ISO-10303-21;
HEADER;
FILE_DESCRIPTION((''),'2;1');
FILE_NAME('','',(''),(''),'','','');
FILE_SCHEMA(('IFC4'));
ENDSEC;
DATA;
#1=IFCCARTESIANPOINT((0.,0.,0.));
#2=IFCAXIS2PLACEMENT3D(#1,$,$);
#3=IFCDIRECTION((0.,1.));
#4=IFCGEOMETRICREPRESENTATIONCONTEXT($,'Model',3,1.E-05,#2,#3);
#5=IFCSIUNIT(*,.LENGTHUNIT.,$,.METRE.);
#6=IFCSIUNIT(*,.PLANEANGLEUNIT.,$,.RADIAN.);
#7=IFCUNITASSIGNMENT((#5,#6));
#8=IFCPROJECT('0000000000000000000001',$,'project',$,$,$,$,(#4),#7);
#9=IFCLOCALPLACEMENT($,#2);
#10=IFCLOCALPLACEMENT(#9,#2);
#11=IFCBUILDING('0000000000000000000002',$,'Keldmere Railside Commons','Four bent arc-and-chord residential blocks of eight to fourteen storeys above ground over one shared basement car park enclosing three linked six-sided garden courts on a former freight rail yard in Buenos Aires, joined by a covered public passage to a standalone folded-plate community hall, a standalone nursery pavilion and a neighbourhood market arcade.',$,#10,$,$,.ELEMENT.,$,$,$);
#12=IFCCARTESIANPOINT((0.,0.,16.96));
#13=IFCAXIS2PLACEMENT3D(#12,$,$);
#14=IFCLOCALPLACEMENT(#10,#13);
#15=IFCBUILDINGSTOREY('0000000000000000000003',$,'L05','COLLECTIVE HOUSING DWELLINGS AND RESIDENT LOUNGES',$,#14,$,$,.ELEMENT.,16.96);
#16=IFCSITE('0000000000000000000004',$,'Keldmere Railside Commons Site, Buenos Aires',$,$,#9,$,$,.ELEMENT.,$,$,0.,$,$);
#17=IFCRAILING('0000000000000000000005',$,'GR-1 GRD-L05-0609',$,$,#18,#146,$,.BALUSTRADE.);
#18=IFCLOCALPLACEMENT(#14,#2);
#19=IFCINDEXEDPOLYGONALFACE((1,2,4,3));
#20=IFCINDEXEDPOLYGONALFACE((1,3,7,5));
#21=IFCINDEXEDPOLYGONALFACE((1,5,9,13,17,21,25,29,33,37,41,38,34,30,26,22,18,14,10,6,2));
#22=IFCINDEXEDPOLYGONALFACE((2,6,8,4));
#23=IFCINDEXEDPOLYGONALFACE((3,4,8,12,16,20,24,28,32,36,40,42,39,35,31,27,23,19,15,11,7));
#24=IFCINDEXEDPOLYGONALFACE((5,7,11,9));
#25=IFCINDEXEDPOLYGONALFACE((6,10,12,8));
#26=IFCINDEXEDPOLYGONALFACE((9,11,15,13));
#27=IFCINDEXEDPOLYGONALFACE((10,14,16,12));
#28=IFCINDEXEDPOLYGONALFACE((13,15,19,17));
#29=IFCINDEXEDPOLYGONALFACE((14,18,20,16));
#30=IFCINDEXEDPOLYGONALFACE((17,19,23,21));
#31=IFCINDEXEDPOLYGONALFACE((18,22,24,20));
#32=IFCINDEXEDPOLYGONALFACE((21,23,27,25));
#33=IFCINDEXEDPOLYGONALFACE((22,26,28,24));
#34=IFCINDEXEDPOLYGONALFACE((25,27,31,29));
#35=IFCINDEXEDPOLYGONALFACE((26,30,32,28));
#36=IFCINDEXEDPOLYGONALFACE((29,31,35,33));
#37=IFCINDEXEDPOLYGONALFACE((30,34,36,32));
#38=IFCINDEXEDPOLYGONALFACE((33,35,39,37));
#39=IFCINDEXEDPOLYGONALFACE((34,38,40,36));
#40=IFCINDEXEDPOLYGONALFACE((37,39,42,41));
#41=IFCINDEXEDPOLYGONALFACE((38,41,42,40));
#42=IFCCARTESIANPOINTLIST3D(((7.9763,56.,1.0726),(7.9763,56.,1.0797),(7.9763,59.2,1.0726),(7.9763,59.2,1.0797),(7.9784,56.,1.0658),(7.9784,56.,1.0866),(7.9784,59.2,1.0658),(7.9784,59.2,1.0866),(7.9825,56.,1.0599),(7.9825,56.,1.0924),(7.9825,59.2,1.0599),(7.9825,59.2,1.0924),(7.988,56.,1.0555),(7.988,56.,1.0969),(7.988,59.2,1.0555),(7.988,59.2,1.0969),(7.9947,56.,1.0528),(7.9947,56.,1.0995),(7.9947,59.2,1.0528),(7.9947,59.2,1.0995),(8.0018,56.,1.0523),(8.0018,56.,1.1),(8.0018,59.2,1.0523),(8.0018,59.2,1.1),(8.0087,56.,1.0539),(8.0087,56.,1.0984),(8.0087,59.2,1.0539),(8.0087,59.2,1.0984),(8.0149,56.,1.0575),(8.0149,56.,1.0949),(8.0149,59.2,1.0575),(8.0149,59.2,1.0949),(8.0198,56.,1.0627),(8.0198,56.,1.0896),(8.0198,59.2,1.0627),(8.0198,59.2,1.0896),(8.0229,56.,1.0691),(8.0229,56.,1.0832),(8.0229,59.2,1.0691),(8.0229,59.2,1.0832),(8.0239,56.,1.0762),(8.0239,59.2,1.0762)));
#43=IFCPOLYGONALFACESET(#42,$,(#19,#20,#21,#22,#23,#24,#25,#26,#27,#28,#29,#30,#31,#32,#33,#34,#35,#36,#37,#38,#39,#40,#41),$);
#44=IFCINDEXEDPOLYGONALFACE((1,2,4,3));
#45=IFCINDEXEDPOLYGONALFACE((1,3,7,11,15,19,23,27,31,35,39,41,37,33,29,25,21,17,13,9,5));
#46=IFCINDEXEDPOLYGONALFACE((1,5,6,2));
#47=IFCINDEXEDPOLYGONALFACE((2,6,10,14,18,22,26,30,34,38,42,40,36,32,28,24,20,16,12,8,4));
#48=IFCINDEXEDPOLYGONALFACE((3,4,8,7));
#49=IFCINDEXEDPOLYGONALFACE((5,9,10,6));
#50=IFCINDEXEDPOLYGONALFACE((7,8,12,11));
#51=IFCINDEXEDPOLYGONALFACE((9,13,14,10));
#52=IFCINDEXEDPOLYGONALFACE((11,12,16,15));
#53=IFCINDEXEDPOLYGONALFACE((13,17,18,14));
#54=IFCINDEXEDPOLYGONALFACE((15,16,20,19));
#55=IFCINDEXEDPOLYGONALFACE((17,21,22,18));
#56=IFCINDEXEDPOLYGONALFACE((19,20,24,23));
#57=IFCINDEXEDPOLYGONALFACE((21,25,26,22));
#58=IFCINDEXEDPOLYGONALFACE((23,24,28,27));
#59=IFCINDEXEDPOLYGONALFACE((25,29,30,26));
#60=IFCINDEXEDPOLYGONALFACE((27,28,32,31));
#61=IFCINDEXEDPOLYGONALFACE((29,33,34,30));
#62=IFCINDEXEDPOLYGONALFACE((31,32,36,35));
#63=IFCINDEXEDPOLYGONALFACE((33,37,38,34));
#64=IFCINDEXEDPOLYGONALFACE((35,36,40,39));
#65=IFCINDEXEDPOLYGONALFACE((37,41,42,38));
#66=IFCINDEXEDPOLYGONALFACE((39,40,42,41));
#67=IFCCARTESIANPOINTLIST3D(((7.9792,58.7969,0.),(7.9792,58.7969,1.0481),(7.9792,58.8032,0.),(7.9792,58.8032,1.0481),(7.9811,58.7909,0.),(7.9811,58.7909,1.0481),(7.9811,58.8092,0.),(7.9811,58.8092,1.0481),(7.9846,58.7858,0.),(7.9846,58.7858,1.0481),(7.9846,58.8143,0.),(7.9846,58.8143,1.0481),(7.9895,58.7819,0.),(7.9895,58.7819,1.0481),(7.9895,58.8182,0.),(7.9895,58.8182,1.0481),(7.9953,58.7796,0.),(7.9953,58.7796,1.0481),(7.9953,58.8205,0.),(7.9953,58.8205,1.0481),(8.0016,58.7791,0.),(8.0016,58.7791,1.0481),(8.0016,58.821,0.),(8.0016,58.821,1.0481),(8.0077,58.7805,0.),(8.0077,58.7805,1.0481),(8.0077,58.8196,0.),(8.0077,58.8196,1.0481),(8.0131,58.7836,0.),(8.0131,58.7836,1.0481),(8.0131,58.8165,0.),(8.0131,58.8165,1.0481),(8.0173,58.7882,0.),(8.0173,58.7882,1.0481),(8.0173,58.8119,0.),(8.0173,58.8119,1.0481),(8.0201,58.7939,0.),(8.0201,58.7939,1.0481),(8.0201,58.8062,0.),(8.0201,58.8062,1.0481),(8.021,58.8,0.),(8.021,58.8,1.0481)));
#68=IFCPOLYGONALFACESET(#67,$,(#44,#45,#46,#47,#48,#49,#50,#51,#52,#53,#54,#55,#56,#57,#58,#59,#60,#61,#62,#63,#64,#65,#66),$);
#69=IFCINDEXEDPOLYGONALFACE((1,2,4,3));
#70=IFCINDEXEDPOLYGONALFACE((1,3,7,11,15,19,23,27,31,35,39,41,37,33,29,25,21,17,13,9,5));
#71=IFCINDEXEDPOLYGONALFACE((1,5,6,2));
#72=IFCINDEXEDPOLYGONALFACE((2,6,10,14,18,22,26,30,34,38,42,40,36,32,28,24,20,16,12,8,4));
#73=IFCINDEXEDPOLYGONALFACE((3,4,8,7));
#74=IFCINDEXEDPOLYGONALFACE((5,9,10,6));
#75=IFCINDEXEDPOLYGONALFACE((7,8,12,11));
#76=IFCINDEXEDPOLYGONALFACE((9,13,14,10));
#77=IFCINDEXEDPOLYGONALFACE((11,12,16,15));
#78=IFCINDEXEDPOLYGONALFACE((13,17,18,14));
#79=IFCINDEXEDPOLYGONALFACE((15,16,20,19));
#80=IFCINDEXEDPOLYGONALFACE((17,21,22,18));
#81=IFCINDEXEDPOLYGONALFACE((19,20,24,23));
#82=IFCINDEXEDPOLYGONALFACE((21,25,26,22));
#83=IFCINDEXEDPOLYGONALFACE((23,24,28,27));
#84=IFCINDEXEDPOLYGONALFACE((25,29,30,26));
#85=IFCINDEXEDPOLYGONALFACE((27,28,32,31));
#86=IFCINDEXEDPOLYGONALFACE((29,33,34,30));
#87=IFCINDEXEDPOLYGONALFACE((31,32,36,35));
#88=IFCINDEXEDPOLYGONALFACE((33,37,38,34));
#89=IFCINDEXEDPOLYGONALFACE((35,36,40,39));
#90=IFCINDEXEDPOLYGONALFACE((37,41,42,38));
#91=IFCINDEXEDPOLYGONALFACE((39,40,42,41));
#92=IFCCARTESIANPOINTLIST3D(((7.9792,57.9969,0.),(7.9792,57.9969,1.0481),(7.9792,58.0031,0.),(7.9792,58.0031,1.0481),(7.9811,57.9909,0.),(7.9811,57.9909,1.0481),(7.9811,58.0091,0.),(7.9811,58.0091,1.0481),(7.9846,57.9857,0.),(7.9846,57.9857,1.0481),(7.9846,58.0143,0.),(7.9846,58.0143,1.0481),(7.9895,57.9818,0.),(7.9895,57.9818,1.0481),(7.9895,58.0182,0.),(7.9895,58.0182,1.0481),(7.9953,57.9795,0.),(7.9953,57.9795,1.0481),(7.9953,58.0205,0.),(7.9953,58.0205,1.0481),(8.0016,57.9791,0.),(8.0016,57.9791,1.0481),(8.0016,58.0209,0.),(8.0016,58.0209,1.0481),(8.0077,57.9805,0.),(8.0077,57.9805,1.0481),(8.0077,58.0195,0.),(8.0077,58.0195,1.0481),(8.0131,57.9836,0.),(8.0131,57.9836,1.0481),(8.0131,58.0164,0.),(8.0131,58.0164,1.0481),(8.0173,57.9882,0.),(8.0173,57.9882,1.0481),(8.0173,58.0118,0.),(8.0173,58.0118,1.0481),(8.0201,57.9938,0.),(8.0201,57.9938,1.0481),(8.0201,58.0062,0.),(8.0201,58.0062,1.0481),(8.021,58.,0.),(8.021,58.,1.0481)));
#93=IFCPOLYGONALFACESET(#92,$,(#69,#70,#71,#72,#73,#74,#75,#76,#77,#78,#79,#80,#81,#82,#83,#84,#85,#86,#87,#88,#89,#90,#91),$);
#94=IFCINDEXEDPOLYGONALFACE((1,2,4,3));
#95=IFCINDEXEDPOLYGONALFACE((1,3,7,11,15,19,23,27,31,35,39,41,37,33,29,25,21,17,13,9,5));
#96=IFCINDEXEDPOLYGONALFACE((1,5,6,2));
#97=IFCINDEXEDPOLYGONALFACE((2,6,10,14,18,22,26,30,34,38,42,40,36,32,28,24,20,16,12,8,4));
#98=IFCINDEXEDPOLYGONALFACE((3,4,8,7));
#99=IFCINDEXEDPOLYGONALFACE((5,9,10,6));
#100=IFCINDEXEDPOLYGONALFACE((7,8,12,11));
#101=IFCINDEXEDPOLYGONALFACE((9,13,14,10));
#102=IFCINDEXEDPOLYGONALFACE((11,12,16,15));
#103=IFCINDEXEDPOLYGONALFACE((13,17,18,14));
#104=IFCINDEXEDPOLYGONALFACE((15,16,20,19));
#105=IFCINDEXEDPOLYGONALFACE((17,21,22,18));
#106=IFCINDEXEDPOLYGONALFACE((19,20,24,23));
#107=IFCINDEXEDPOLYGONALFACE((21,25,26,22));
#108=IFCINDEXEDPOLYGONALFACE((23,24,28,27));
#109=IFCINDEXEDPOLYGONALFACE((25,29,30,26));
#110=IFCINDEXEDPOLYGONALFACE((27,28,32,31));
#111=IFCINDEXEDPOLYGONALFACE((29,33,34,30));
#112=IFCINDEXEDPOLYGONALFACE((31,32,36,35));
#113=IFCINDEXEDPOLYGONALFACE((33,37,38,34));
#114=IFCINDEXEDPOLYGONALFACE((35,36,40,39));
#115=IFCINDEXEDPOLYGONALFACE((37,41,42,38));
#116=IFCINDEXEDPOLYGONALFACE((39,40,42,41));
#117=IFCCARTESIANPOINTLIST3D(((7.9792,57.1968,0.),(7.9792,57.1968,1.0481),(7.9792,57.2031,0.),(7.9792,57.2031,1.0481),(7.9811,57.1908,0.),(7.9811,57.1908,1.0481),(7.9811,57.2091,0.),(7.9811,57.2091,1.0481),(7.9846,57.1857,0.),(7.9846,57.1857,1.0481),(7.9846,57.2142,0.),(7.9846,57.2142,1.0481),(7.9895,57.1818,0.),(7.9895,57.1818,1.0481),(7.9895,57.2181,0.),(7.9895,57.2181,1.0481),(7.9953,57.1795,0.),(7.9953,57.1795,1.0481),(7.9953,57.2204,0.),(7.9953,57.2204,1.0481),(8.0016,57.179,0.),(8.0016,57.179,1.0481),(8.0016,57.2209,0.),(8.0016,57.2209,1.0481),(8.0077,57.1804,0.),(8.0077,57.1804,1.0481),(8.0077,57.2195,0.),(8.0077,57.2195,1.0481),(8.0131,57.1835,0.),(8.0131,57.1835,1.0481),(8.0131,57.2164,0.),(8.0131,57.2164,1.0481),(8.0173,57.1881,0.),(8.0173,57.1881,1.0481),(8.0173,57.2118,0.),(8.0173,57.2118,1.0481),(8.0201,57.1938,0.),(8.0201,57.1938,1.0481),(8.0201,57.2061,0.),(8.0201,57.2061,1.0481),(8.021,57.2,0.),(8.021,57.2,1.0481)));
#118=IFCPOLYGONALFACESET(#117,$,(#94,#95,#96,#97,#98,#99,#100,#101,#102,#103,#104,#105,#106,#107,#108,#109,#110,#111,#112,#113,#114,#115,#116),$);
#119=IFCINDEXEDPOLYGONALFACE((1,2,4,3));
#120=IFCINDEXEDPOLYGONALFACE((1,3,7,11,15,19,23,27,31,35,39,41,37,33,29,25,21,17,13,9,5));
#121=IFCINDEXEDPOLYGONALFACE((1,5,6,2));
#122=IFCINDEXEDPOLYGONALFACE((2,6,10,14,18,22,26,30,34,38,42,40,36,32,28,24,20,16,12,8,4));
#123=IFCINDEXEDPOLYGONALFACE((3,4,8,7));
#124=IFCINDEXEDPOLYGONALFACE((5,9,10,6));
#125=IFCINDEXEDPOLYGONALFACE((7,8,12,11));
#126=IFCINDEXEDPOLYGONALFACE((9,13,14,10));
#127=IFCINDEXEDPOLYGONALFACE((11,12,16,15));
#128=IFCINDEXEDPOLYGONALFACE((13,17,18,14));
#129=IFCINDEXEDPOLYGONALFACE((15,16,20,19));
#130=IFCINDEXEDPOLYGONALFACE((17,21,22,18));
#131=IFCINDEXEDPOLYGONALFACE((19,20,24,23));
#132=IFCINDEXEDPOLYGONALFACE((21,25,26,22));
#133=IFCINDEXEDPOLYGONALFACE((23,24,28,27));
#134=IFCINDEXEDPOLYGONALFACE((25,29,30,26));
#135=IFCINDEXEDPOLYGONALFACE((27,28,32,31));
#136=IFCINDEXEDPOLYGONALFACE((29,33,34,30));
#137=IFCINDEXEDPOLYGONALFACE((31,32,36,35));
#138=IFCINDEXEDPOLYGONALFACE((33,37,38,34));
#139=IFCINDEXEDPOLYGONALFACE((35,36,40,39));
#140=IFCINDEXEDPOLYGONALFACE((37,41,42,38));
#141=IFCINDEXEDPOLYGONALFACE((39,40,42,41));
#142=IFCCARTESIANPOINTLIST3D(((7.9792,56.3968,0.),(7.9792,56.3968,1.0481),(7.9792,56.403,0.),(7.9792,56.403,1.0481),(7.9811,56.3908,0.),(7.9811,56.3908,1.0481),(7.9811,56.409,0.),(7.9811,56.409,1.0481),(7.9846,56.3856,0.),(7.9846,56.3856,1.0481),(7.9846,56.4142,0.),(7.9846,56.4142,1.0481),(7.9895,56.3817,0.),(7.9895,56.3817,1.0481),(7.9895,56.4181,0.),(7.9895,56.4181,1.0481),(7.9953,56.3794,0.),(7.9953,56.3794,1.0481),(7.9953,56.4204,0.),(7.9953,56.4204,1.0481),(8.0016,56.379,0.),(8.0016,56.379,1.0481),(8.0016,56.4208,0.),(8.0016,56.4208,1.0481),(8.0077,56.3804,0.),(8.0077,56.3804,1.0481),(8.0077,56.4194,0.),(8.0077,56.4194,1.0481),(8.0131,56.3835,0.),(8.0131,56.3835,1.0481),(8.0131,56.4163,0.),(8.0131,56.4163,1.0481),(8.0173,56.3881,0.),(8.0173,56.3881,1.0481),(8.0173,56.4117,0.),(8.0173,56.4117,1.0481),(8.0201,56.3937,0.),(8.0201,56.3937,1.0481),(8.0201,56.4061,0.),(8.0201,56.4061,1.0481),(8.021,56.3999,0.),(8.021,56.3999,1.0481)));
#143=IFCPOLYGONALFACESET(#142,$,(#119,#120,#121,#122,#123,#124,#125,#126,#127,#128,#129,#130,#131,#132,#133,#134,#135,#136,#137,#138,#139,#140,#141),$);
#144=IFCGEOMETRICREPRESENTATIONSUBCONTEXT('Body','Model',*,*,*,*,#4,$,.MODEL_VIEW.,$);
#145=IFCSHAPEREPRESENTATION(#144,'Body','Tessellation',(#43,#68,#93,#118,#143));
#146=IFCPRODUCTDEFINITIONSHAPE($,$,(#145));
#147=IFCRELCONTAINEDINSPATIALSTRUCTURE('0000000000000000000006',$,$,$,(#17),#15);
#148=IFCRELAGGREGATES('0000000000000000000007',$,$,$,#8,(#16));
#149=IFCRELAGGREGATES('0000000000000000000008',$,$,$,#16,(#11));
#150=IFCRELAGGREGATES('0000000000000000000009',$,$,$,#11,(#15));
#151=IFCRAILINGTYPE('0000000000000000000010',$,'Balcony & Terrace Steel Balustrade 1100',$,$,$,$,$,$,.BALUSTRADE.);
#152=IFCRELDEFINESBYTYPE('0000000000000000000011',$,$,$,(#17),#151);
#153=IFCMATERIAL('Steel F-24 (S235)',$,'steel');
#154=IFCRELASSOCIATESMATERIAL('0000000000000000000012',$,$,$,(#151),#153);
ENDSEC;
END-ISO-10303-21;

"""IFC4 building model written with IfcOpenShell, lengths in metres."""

from ifc_helpers import new_model, si_unit, direction, frame, origin, origin_2d, place, context, subcontext, project, spatial, circle, extrude, material, type_object, element, save


model = new_model("IFC4")

# Units and contexts
model_context = context("Model", 3, precision=1e-05, world=origin(), true_north=direction((0.0, 1.0)))
body_context = subcontext(model_context, "Body", "Model", "MODEL_VIEW")
ifc_project = project(units=[si_unit("LENGTHUNIT", "METRE"), si_unit("PLANEANGLEUNIT", "RADIAN")], contexts=[model_context])

# Site, building, storey
site_placement = place(None, origin())
site = spatial("IfcSite", under=ifc_project, at=site_placement, Name="Keldmere Railside Commons Site, Buenos Aires", CompositionType="ELEMENT", RefElevation=0.0)
building_placement = place(site_placement, origin())
building = spatial("IfcBuilding", under=site, at=building_placement, Name="Keldmere Railside Commons", Description="Four bent arc-and-chord residential blocks of eight to fourteen storeys above ground over one shared basement car park enclosing three linked six-sided garden courts on a former freight rail yard in Buenos Aires, joined by a covered public passage to a standalone folded-plate community hall, a standalone nursery pavilion and a neighbourhood market arcade.", CompositionType="ELEMENT")
storey_placement = place(building_placement, frame((0.0, 0.0, 16.96)))
storey = spatial("IfcBuildingStorey", under=building, at=storey_placement, Name="L05", Description="COLLECTIVE HOUSING DWELLINGS AND RESIDENT LOUNGES", CompositionType="ELEMENT", Elevation=16.96)

# Railing
ifc_material_1 = material(Name="Steel F-24 (S235)", Category="steel")
railing_type = type_object("IfcRailingType", Name="Balcony & Terrace Steel Balustrade 1100", PredefinedType="BALUSTRADE", material=ifc_material_1)
railing_1_placement = place(storey_placement, frame((8.0, 59.2, 0.0)))
element("IfcRailing", 1, at=railing_1_placement, inside=storey, type_object=railing_type, Name="GR-1 GRD-L05-0609", PredefinedType="BALUSTRADE", context=body_context, shape_type="SweptSolid", body=[
    extrude(circle(Radius=0.0239, at=origin_2d()), frame((0.0, 0.0, 1.0762), z_axis=(0.0, -1.0, 0.0), x_axis=(1.0, 0.0, 0.0)), (0.0, 0.0, 1.0), 3.2),
    extrude(circle(Radius=0.021, at=origin_2d()), frame((0.0, -0.3999, 0.0)), (0.0, 0.0, 1.0), 1.0481),
    extrude(circle(Radius=0.021, at=origin_2d()), frame((0.0, -1.2, 0.0)), (0.0, 0.0, 1.0), 1.0481),
    extrude(circle(Radius=0.021, at=origin_2d()), frame((0.0, -2.0, 0.0)), (0.0, 0.0, 1.0), 1.0481),
    extrude(circle(Radius=0.021, at=origin_2d()), frame((0.0, -2.8, 0.0)), (0.0, 0.0, 1.0), 1.0481),
])

save(model, "model.ifc")
